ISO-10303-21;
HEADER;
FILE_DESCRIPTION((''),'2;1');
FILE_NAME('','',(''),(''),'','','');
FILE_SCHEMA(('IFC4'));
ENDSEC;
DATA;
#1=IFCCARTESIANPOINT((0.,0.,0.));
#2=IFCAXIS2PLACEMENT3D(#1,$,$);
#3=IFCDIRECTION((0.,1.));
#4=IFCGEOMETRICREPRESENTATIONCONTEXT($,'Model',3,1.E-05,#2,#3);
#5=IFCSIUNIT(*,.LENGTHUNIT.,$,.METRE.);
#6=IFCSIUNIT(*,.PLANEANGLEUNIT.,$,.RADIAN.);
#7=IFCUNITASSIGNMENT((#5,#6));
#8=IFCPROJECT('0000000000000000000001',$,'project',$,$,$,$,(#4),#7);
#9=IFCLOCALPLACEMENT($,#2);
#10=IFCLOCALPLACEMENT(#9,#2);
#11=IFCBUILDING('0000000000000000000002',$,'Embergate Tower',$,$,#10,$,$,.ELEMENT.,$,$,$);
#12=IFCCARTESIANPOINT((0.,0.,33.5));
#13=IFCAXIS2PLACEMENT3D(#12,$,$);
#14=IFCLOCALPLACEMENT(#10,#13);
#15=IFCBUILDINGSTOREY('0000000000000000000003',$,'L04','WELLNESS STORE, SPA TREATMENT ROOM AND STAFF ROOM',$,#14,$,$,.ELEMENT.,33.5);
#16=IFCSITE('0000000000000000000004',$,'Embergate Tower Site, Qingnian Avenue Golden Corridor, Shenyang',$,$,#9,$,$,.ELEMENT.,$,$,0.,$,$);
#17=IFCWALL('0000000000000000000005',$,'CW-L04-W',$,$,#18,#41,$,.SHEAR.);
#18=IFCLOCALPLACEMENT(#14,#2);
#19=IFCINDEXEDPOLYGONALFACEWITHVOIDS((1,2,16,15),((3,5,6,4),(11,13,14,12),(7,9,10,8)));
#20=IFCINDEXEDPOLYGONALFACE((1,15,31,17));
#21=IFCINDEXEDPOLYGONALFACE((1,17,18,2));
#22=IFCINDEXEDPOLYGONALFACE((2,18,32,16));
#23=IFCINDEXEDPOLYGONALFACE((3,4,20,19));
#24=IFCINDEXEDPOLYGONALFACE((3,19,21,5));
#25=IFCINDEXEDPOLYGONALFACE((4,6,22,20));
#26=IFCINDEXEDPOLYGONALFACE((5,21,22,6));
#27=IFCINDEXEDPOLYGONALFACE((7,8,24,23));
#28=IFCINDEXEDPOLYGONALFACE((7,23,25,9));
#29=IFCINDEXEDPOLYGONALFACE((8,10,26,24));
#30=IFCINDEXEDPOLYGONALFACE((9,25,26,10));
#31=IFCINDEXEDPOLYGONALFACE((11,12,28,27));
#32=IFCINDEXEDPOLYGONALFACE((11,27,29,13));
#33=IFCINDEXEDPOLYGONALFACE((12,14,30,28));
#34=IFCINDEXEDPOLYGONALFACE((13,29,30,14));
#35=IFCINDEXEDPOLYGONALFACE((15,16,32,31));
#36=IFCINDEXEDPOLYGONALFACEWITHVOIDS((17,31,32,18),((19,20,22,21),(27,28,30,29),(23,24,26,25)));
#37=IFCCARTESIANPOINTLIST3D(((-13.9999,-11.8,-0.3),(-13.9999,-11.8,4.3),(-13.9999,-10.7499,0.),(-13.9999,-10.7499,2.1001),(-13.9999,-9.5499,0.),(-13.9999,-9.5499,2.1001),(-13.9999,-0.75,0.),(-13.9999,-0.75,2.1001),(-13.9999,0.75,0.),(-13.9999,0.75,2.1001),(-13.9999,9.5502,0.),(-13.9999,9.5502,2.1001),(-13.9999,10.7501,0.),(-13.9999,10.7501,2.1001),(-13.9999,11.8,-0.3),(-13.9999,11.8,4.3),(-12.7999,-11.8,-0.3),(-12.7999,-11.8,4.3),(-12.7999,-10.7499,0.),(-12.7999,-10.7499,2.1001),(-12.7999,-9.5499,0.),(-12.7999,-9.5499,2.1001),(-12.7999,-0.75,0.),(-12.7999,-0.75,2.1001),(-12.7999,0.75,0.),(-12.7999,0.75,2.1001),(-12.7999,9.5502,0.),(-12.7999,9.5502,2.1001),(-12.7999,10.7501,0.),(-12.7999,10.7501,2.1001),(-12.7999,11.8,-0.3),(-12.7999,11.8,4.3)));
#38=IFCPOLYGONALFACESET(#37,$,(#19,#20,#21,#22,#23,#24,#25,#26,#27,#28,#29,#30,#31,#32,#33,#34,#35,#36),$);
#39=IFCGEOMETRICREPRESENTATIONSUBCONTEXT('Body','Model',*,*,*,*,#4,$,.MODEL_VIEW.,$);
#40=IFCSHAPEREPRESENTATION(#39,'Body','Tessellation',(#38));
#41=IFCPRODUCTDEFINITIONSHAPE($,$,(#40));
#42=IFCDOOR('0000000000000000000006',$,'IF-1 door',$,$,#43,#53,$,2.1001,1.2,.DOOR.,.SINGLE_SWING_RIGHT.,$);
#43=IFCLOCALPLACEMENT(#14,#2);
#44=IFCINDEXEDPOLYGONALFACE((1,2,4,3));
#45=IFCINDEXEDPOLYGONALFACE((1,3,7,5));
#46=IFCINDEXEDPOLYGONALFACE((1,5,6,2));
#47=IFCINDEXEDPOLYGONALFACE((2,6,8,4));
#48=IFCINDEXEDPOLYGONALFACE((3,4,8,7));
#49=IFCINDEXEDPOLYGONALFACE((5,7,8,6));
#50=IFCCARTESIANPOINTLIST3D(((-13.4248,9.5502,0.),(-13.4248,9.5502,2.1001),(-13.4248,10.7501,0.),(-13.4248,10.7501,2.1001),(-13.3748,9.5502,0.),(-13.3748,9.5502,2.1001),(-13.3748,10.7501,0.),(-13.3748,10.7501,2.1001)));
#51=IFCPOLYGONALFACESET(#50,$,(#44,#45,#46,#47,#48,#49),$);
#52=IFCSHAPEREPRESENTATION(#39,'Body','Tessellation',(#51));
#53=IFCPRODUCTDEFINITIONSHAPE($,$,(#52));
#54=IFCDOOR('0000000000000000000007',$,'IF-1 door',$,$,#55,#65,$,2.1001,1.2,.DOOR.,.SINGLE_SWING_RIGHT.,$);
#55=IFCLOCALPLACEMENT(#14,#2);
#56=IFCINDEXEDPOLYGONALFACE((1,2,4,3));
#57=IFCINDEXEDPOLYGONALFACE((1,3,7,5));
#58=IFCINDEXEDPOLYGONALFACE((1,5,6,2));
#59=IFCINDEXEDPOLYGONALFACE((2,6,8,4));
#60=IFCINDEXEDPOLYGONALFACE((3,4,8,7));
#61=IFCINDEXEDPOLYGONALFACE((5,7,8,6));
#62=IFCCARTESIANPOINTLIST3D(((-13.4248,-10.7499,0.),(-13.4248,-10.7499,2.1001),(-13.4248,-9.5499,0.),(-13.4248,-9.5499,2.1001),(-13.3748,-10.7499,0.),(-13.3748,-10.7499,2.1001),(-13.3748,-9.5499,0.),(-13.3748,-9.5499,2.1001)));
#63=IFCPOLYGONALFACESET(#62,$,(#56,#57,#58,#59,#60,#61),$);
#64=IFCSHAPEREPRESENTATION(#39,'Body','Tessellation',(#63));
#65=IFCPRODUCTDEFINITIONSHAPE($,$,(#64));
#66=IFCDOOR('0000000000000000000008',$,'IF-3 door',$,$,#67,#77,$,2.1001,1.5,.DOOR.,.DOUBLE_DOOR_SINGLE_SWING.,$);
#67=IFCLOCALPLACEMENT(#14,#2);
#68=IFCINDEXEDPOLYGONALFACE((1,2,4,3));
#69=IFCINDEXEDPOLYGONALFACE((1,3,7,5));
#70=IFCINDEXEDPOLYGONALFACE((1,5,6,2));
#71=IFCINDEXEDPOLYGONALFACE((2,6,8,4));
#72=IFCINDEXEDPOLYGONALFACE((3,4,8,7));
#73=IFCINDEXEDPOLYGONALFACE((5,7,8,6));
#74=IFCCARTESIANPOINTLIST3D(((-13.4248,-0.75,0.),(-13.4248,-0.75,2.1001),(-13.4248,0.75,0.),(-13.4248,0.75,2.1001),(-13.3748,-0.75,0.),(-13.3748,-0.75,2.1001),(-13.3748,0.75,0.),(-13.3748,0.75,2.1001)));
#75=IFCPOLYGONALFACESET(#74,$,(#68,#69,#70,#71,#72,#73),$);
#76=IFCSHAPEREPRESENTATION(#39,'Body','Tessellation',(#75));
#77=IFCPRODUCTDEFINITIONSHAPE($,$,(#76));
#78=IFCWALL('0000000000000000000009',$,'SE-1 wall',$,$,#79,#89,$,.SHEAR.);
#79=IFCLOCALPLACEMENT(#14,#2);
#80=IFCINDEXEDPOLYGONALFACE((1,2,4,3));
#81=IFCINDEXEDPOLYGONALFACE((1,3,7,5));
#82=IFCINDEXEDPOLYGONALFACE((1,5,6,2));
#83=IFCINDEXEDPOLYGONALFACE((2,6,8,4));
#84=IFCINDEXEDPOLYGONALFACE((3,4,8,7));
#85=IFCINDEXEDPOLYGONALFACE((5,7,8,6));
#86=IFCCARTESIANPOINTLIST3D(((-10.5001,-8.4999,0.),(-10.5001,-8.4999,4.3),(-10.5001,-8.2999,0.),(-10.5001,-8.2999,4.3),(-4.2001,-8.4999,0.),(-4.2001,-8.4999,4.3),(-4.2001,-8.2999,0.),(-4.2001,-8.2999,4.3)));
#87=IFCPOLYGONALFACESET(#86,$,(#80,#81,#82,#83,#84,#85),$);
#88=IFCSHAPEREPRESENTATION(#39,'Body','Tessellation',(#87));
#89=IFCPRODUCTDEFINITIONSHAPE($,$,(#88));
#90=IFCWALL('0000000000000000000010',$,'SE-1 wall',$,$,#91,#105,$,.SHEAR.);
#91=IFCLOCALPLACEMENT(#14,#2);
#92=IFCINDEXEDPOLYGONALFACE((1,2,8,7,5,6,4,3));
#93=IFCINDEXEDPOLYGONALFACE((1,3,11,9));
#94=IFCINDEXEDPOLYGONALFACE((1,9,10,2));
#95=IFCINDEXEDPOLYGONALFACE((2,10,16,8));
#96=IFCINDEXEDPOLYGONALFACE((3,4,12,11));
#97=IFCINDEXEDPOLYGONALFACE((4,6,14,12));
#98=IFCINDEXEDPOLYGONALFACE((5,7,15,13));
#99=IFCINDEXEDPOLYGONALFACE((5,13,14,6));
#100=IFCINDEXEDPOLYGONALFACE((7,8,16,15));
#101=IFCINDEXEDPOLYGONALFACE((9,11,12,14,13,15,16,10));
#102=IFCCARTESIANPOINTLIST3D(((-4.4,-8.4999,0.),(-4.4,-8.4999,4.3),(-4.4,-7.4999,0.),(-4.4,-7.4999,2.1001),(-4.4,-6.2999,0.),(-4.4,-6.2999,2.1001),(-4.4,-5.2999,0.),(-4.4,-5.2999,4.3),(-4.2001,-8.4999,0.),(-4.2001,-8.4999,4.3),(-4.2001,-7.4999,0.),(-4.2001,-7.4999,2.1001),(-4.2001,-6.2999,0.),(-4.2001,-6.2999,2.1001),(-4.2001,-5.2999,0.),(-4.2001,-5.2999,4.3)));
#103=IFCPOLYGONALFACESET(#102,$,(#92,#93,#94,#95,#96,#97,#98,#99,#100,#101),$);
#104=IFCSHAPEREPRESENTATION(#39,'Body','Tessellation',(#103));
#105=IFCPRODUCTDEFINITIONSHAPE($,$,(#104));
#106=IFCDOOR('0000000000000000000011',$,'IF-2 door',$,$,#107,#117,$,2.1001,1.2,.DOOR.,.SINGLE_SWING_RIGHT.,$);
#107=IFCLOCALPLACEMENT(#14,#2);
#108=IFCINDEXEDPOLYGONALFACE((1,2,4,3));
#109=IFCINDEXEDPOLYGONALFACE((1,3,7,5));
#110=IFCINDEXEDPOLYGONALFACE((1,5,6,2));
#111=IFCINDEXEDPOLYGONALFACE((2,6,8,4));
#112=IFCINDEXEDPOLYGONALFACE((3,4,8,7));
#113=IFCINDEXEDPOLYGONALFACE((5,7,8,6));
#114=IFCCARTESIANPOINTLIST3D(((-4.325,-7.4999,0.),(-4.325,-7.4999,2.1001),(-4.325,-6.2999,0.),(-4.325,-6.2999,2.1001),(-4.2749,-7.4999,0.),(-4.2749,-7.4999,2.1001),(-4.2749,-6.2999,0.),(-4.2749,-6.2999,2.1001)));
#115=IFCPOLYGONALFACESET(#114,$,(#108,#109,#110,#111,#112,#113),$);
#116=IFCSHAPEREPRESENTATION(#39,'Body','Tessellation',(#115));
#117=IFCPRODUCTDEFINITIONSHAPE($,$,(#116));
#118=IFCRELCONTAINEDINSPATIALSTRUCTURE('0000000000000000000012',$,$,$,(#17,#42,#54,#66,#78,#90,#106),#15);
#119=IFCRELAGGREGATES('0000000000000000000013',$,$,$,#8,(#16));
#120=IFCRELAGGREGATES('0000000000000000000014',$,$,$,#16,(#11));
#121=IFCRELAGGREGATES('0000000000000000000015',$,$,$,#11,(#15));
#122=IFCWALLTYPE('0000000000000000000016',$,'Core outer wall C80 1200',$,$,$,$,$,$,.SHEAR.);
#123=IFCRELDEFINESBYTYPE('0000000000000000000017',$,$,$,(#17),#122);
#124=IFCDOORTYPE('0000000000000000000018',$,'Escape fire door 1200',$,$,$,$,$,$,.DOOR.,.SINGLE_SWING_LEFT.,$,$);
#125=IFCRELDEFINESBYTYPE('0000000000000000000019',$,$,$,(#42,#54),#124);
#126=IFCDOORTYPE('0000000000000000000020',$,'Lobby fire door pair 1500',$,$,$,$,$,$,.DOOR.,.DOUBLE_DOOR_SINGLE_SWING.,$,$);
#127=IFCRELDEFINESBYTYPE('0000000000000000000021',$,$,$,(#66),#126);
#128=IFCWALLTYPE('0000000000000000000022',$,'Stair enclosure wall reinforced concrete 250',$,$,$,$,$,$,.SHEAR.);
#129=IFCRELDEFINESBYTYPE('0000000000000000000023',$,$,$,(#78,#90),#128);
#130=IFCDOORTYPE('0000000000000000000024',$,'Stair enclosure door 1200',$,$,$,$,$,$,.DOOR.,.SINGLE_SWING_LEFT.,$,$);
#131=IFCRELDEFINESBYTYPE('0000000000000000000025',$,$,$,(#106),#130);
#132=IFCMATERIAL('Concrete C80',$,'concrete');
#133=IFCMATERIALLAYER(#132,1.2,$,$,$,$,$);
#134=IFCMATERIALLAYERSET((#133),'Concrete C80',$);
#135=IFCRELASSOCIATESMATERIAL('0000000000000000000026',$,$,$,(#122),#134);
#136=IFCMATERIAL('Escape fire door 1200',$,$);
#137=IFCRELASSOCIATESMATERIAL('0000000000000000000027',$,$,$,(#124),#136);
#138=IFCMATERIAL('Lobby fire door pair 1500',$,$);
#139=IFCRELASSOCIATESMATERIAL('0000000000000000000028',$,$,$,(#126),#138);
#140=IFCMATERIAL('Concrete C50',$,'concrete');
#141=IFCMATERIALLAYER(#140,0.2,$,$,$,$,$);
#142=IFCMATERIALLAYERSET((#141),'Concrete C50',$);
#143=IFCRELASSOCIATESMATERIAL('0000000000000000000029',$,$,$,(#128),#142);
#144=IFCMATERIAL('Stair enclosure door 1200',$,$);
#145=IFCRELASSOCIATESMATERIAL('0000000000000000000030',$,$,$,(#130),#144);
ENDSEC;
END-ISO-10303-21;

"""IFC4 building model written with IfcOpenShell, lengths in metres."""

from ifc_helpers import new_model, si_unit, direction, frame, frame_2d, origin, place, context, subcontext, project, spatial, rectangle, extrude, source, transform, mapped, material, layer, layer_set, type_object, element, fill, save


model = new_model("IFC4")

# Units and contexts
model_context = context("Model", 3, precision=1e-05, world=origin(), true_north=direction((0.0, 1.0)))
body_context = subcontext(model_context, "Body", "Model", "MODEL_VIEW")
ifc_project = project(units=[si_unit("LENGTHUNIT", "METRE"), si_unit("PLANEANGLEUNIT", "RADIAN")], contexts=[model_context])

# Site, building, storey
site_placement = place(None, origin())
site = spatial("IfcSite", under=ifc_project, at=site_placement, Name="Embergate Tower Site, Qingnian Avenue Golden Corridor, Shenyang", CompositionType="ELEMENT", RefElevation=0.0)
building_placement = place(site_placement, origin())
building = spatial("IfcBuilding", under=site, at=building_placement, Name="Embergate Tower", CompositionType="ELEMENT")
storey_placement = place(building_placement, frame((0.0, 0.0, 33.5)))
storey = spatial("IfcBuildingStorey", under=building, at=storey_placement, Name="L04", Description="WELLNESS STORE, SPA TREATMENT ROOM AND STAFF ROOM", CompositionType="ELEMENT", Elevation=33.5)

# Shared definitions
ifc_material_1 = material(Name="Concrete C80", Category="concrete")
ifc_layer_1 = layer(ifc_material_1, 1.2)
ifc_layer_set_1 = layer_set([ifc_layer_1], Name="Concrete C80")
wall_type_1 = type_object("IfcWallType", Name="Core outer wall C80 1200", PredefinedType="SHEAR", material=ifc_layer_set_1)

# Wall, openings, doors
shared_shape_1 = source(origin(), body_context, "Body", "SweptSolid", [
    extrude(rectangle(XDim=23.6001, YDim=1.2, at=frame_2d((11.8, 0.0))), origin(), (0.0, 0.0, 1.0), 4.6001),
])
wall_1_placement = place(storey_placement, frame((-13.3999, -11.8, -0.3), z_axis=(0.0, 0.0, 1.0), x_axis=(0.0, 1.0, 0.0)))
wall_1 = element("IfcWall", 1, at=wall_1_placement, inside=storey, type_object=wall_type_1, Name="CW-L04-W", PredefinedType="SHEAR", context=body_context, shape_type="MappedRepresentation", body=[
    mapped(shared_shape_1, transform((0.0, 0.0, 0.0))),
])
shared_shape_2 = source(origin(), body_context, "Body", "SweptSolid", [
    extrude(rectangle(XDim=1.2, YDim=2.1001, at=frame_2d((0.6001, 1.05))), frame((0.0, 0.6099, 0.0), z_axis=(0.0, -1.0, 0.0), x_axis=(1.0, 0.0, 0.0)), (0.0, 0.0, 1.0), 1.22),
])
opening_1_placement = place(wall_1_placement, frame((21.3501, 0.0, 0.3)))
opening_1 = element("IfcOpeningElement", 2, at=opening_1_placement, cuts=wall_1, PredefinedType="OPENING", context=body_context, shape_type="MappedRepresentation", body=[
    mapped(shared_shape_2, transform((0.0, 0.0, 0.0))),
])
opening_2_placement = place(wall_1_placement, frame((1.05, 0.0, 0.3)))
opening_2 = element("IfcOpeningElement", 3, at=opening_2_placement, cuts=wall_1, PredefinedType="OPENING", context=body_context, shape_type="MappedRepresentation", body=[
    mapped(shared_shape_2, transform((0.0, 0.0, 0.0))),
])
shared_shape_3 = source(origin(), body_context, "Body", "SweptSolid", [
    extrude(rectangle(XDim=1.5, YDim=2.1001, at=frame_2d((0.75, 1.05))), frame((0.0, 0.6099, 0.0), z_axis=(0.0, -1.0, 0.0), x_axis=(1.0, 0.0, 0.0)), (0.0, 0.0, 1.0), 1.22),
])
opening_3_placement = place(wall_1_placement, frame((11.05, 0.0, 0.3)))
opening_3 = element("IfcOpeningElement", 4, at=opening_3_placement, cuts=wall_1, PredefinedType="OPENING", context=body_context, shape_type="MappedRepresentation", body=[
    mapped(shared_shape_3, transform((0.0, 0.0, 0.0))),
])
ifc_material_2 = material(Name="Escape fire door 1200")
door_type_1 = type_object("IfcDoorType", Name="Escape fire door 1200", OperationType="SINGLE_SWING_LEFT", PredefinedType="DOOR", material=ifc_material_2)
shared_shape_4 = source(origin(), body_context, "Body", "SweptSolid", [
    extrude(rectangle(XDim=1.2, YDim=2.1001, at=frame_2d((0.6001, 1.05))), frame((0.0, 0.0249, 0.0), z_axis=(0.0, -1.0, 0.0), x_axis=(1.0, 0.0, 0.0)), (0.0, 0.0, 1.0), 0.05),
])
door_1_placement = place(opening_1_placement, origin())
door_1 = element("IfcDoor", 5, at=door_1_placement, inside=storey, type_object=door_type_1, Name="IF-1 door", OperationType="SINGLE_SWING_RIGHT", OverallHeight=2.1001, OverallWidth=1.2, PredefinedType="DOOR", context=body_context, shape_type="MappedRepresentation", body=[
    mapped(shared_shape_4, transform((0.0, 0.0, 0.0))),
])
fill(opening_1, door_1)
door_2_placement = place(opening_2_placement, origin())
door_2 = element("IfcDoor", 6, at=door_2_placement, inside=storey, type_object=door_type_1, Name="IF-1 door", OperationType="SINGLE_SWING_RIGHT", OverallHeight=2.1001, OverallWidth=1.2, PredefinedType="DOOR", context=body_context, shape_type="MappedRepresentation", body=[
    mapped(shared_shape_4, transform((0.0, 0.0, 0.0))),
])
fill(opening_2, door_2)
ifc_material_3 = material(Name="Lobby fire door pair 1500")
door_type_2 = type_object("IfcDoorType", Name="Lobby fire door pair 1500", OperationType="DOUBLE_DOOR_SINGLE_SWING", PredefinedType="DOOR", material=ifc_material_3)
shared_shape_5 = source(origin(), body_context, "Body", "SweptSolid", [
    extrude(rectangle(XDim=1.5, YDim=2.1001, at=frame_2d((0.75, 1.05))), frame((0.0, 0.0249, 0.0), z_axis=(0.0, -1.0, 0.0), x_axis=(1.0, 0.0, 0.0)), (0.0, 0.0, 1.0), 0.05),
])
door_3_placement = place(opening_3_placement, origin())
door_3 = element("IfcDoor", 7, at=door_3_placement, inside=storey, type_object=door_type_2, Name="IF-3 door", OperationType="DOUBLE_DOOR_SINGLE_SWING", OverallHeight=2.1001, OverallWidth=1.5, PredefinedType="DOOR", context=body_context, shape_type="MappedRepresentation", body=[
    mapped(shared_shape_5, transform((0.0, 0.0, 0.0))),
])
fill(opening_3, door_3)

# Wall
ifc_material_4 = material(Name="Concrete C50", Category="concrete")
ifc_layer_2 = layer(ifc_material_4, 0.2)
ifc_layer_set_2 = layer_set([ifc_layer_2], Name="Concrete C50")
wall_type_2 = type_object("IfcWallType", Name="Stair enclosure wall reinforced concrete 250", PredefinedType="SHEAR", material=ifc_layer_set_2)
shared_shape_6 = source(origin(), body_context, "Body", "SweptSolid", [
    extrude(rectangle(XDim=6.3, YDim=0.2, at=frame_2d((3.1499, 0.0))), origin(), (0.0, 0.0, 1.0), 4.3),
])
wall_2_placement = place(storey_placement, frame((-10.5, -8.3999, 0.0), z_axis=(0.0, 0.0, 1.0), x_axis=(1.0, 0.0, 0.0)))
element("IfcWall", 8, at=wall_2_placement, inside=storey, type_object=wall_type_2, Name="SE-1 wall", PredefinedType="SHEAR", context=body_context, shape_type="MappedRepresentation", body=[
    mapped(shared_shape_6, transform((0.0, 0.0, 0.0))),
])

# Wall, opening, door
shared_shape_7 = source(origin(), body_context, "Body", "SweptSolid", [
    extrude(rectangle(XDim=3.2, YDim=0.2, at=frame_2d((1.6001, 0.0))), origin(), (0.0, 0.0, 1.0), 4.3),
])
wall_3_placement = place(storey_placement, frame((-4.3, -8.5, 0.0), z_axis=(0.0, 0.0, 1.0), x_axis=(0.0, 1.0, 0.0)))
wall_3 = element("IfcWall", 9, at=wall_3_placement, inside=storey, type_object=wall_type_2, Name="SE-1 wall", PredefinedType="SHEAR", context=body_context, shape_type="MappedRepresentation", body=[
    mapped(shared_shape_7, transform((0.0, 0.0, 0.0))),
])
shared_shape_8 = source(origin(), body_context, "Body", "SweptSolid", [
    extrude(rectangle(XDim=1.2, YDim=2.1001, at=frame_2d((0.6001, 1.05))), frame((0.0, 0.1099, 0.0), z_axis=(0.0, -1.0, 0.0), x_axis=(1.0, 0.0, 0.0)), (0.0, 0.0, 1.0), 0.22),
])
opening_4_placement = place(wall_3_placement, frame((1.0, 0.0, 0.0)))
opening_4 = element("IfcOpeningElement", 10, at=opening_4_placement, cuts=wall_3, PredefinedType="OPENING", context=body_context, shape_type="MappedRepresentation", body=[
    mapped(shared_shape_8, transform((0.0, 0.0, 0.0))),
])
ifc_material_5 = material(Name="Stair enclosure door 1200")
door_type_3 = type_object("IfcDoorType", Name="Stair enclosure door 1200", OperationType="SINGLE_SWING_LEFT", PredefinedType="DOOR", material=ifc_material_5)
door_4_placement = place(opening_4_placement, origin())
door_4 = element("IfcDoor", 11, at=door_4_placement, inside=storey, type_object=door_type_3, Name="IF-2 door", OperationType="SINGLE_SWING_RIGHT", OverallHeight=2.1001, OverallWidth=1.2, PredefinedType="DOOR", context=body_context, shape_type="MappedRepresentation", body=[
    mapped(shared_shape_4, transform((0.0, 0.0, 0.0))),
])
fill(opening_4, door_4)

save(model, "model.ifc")
